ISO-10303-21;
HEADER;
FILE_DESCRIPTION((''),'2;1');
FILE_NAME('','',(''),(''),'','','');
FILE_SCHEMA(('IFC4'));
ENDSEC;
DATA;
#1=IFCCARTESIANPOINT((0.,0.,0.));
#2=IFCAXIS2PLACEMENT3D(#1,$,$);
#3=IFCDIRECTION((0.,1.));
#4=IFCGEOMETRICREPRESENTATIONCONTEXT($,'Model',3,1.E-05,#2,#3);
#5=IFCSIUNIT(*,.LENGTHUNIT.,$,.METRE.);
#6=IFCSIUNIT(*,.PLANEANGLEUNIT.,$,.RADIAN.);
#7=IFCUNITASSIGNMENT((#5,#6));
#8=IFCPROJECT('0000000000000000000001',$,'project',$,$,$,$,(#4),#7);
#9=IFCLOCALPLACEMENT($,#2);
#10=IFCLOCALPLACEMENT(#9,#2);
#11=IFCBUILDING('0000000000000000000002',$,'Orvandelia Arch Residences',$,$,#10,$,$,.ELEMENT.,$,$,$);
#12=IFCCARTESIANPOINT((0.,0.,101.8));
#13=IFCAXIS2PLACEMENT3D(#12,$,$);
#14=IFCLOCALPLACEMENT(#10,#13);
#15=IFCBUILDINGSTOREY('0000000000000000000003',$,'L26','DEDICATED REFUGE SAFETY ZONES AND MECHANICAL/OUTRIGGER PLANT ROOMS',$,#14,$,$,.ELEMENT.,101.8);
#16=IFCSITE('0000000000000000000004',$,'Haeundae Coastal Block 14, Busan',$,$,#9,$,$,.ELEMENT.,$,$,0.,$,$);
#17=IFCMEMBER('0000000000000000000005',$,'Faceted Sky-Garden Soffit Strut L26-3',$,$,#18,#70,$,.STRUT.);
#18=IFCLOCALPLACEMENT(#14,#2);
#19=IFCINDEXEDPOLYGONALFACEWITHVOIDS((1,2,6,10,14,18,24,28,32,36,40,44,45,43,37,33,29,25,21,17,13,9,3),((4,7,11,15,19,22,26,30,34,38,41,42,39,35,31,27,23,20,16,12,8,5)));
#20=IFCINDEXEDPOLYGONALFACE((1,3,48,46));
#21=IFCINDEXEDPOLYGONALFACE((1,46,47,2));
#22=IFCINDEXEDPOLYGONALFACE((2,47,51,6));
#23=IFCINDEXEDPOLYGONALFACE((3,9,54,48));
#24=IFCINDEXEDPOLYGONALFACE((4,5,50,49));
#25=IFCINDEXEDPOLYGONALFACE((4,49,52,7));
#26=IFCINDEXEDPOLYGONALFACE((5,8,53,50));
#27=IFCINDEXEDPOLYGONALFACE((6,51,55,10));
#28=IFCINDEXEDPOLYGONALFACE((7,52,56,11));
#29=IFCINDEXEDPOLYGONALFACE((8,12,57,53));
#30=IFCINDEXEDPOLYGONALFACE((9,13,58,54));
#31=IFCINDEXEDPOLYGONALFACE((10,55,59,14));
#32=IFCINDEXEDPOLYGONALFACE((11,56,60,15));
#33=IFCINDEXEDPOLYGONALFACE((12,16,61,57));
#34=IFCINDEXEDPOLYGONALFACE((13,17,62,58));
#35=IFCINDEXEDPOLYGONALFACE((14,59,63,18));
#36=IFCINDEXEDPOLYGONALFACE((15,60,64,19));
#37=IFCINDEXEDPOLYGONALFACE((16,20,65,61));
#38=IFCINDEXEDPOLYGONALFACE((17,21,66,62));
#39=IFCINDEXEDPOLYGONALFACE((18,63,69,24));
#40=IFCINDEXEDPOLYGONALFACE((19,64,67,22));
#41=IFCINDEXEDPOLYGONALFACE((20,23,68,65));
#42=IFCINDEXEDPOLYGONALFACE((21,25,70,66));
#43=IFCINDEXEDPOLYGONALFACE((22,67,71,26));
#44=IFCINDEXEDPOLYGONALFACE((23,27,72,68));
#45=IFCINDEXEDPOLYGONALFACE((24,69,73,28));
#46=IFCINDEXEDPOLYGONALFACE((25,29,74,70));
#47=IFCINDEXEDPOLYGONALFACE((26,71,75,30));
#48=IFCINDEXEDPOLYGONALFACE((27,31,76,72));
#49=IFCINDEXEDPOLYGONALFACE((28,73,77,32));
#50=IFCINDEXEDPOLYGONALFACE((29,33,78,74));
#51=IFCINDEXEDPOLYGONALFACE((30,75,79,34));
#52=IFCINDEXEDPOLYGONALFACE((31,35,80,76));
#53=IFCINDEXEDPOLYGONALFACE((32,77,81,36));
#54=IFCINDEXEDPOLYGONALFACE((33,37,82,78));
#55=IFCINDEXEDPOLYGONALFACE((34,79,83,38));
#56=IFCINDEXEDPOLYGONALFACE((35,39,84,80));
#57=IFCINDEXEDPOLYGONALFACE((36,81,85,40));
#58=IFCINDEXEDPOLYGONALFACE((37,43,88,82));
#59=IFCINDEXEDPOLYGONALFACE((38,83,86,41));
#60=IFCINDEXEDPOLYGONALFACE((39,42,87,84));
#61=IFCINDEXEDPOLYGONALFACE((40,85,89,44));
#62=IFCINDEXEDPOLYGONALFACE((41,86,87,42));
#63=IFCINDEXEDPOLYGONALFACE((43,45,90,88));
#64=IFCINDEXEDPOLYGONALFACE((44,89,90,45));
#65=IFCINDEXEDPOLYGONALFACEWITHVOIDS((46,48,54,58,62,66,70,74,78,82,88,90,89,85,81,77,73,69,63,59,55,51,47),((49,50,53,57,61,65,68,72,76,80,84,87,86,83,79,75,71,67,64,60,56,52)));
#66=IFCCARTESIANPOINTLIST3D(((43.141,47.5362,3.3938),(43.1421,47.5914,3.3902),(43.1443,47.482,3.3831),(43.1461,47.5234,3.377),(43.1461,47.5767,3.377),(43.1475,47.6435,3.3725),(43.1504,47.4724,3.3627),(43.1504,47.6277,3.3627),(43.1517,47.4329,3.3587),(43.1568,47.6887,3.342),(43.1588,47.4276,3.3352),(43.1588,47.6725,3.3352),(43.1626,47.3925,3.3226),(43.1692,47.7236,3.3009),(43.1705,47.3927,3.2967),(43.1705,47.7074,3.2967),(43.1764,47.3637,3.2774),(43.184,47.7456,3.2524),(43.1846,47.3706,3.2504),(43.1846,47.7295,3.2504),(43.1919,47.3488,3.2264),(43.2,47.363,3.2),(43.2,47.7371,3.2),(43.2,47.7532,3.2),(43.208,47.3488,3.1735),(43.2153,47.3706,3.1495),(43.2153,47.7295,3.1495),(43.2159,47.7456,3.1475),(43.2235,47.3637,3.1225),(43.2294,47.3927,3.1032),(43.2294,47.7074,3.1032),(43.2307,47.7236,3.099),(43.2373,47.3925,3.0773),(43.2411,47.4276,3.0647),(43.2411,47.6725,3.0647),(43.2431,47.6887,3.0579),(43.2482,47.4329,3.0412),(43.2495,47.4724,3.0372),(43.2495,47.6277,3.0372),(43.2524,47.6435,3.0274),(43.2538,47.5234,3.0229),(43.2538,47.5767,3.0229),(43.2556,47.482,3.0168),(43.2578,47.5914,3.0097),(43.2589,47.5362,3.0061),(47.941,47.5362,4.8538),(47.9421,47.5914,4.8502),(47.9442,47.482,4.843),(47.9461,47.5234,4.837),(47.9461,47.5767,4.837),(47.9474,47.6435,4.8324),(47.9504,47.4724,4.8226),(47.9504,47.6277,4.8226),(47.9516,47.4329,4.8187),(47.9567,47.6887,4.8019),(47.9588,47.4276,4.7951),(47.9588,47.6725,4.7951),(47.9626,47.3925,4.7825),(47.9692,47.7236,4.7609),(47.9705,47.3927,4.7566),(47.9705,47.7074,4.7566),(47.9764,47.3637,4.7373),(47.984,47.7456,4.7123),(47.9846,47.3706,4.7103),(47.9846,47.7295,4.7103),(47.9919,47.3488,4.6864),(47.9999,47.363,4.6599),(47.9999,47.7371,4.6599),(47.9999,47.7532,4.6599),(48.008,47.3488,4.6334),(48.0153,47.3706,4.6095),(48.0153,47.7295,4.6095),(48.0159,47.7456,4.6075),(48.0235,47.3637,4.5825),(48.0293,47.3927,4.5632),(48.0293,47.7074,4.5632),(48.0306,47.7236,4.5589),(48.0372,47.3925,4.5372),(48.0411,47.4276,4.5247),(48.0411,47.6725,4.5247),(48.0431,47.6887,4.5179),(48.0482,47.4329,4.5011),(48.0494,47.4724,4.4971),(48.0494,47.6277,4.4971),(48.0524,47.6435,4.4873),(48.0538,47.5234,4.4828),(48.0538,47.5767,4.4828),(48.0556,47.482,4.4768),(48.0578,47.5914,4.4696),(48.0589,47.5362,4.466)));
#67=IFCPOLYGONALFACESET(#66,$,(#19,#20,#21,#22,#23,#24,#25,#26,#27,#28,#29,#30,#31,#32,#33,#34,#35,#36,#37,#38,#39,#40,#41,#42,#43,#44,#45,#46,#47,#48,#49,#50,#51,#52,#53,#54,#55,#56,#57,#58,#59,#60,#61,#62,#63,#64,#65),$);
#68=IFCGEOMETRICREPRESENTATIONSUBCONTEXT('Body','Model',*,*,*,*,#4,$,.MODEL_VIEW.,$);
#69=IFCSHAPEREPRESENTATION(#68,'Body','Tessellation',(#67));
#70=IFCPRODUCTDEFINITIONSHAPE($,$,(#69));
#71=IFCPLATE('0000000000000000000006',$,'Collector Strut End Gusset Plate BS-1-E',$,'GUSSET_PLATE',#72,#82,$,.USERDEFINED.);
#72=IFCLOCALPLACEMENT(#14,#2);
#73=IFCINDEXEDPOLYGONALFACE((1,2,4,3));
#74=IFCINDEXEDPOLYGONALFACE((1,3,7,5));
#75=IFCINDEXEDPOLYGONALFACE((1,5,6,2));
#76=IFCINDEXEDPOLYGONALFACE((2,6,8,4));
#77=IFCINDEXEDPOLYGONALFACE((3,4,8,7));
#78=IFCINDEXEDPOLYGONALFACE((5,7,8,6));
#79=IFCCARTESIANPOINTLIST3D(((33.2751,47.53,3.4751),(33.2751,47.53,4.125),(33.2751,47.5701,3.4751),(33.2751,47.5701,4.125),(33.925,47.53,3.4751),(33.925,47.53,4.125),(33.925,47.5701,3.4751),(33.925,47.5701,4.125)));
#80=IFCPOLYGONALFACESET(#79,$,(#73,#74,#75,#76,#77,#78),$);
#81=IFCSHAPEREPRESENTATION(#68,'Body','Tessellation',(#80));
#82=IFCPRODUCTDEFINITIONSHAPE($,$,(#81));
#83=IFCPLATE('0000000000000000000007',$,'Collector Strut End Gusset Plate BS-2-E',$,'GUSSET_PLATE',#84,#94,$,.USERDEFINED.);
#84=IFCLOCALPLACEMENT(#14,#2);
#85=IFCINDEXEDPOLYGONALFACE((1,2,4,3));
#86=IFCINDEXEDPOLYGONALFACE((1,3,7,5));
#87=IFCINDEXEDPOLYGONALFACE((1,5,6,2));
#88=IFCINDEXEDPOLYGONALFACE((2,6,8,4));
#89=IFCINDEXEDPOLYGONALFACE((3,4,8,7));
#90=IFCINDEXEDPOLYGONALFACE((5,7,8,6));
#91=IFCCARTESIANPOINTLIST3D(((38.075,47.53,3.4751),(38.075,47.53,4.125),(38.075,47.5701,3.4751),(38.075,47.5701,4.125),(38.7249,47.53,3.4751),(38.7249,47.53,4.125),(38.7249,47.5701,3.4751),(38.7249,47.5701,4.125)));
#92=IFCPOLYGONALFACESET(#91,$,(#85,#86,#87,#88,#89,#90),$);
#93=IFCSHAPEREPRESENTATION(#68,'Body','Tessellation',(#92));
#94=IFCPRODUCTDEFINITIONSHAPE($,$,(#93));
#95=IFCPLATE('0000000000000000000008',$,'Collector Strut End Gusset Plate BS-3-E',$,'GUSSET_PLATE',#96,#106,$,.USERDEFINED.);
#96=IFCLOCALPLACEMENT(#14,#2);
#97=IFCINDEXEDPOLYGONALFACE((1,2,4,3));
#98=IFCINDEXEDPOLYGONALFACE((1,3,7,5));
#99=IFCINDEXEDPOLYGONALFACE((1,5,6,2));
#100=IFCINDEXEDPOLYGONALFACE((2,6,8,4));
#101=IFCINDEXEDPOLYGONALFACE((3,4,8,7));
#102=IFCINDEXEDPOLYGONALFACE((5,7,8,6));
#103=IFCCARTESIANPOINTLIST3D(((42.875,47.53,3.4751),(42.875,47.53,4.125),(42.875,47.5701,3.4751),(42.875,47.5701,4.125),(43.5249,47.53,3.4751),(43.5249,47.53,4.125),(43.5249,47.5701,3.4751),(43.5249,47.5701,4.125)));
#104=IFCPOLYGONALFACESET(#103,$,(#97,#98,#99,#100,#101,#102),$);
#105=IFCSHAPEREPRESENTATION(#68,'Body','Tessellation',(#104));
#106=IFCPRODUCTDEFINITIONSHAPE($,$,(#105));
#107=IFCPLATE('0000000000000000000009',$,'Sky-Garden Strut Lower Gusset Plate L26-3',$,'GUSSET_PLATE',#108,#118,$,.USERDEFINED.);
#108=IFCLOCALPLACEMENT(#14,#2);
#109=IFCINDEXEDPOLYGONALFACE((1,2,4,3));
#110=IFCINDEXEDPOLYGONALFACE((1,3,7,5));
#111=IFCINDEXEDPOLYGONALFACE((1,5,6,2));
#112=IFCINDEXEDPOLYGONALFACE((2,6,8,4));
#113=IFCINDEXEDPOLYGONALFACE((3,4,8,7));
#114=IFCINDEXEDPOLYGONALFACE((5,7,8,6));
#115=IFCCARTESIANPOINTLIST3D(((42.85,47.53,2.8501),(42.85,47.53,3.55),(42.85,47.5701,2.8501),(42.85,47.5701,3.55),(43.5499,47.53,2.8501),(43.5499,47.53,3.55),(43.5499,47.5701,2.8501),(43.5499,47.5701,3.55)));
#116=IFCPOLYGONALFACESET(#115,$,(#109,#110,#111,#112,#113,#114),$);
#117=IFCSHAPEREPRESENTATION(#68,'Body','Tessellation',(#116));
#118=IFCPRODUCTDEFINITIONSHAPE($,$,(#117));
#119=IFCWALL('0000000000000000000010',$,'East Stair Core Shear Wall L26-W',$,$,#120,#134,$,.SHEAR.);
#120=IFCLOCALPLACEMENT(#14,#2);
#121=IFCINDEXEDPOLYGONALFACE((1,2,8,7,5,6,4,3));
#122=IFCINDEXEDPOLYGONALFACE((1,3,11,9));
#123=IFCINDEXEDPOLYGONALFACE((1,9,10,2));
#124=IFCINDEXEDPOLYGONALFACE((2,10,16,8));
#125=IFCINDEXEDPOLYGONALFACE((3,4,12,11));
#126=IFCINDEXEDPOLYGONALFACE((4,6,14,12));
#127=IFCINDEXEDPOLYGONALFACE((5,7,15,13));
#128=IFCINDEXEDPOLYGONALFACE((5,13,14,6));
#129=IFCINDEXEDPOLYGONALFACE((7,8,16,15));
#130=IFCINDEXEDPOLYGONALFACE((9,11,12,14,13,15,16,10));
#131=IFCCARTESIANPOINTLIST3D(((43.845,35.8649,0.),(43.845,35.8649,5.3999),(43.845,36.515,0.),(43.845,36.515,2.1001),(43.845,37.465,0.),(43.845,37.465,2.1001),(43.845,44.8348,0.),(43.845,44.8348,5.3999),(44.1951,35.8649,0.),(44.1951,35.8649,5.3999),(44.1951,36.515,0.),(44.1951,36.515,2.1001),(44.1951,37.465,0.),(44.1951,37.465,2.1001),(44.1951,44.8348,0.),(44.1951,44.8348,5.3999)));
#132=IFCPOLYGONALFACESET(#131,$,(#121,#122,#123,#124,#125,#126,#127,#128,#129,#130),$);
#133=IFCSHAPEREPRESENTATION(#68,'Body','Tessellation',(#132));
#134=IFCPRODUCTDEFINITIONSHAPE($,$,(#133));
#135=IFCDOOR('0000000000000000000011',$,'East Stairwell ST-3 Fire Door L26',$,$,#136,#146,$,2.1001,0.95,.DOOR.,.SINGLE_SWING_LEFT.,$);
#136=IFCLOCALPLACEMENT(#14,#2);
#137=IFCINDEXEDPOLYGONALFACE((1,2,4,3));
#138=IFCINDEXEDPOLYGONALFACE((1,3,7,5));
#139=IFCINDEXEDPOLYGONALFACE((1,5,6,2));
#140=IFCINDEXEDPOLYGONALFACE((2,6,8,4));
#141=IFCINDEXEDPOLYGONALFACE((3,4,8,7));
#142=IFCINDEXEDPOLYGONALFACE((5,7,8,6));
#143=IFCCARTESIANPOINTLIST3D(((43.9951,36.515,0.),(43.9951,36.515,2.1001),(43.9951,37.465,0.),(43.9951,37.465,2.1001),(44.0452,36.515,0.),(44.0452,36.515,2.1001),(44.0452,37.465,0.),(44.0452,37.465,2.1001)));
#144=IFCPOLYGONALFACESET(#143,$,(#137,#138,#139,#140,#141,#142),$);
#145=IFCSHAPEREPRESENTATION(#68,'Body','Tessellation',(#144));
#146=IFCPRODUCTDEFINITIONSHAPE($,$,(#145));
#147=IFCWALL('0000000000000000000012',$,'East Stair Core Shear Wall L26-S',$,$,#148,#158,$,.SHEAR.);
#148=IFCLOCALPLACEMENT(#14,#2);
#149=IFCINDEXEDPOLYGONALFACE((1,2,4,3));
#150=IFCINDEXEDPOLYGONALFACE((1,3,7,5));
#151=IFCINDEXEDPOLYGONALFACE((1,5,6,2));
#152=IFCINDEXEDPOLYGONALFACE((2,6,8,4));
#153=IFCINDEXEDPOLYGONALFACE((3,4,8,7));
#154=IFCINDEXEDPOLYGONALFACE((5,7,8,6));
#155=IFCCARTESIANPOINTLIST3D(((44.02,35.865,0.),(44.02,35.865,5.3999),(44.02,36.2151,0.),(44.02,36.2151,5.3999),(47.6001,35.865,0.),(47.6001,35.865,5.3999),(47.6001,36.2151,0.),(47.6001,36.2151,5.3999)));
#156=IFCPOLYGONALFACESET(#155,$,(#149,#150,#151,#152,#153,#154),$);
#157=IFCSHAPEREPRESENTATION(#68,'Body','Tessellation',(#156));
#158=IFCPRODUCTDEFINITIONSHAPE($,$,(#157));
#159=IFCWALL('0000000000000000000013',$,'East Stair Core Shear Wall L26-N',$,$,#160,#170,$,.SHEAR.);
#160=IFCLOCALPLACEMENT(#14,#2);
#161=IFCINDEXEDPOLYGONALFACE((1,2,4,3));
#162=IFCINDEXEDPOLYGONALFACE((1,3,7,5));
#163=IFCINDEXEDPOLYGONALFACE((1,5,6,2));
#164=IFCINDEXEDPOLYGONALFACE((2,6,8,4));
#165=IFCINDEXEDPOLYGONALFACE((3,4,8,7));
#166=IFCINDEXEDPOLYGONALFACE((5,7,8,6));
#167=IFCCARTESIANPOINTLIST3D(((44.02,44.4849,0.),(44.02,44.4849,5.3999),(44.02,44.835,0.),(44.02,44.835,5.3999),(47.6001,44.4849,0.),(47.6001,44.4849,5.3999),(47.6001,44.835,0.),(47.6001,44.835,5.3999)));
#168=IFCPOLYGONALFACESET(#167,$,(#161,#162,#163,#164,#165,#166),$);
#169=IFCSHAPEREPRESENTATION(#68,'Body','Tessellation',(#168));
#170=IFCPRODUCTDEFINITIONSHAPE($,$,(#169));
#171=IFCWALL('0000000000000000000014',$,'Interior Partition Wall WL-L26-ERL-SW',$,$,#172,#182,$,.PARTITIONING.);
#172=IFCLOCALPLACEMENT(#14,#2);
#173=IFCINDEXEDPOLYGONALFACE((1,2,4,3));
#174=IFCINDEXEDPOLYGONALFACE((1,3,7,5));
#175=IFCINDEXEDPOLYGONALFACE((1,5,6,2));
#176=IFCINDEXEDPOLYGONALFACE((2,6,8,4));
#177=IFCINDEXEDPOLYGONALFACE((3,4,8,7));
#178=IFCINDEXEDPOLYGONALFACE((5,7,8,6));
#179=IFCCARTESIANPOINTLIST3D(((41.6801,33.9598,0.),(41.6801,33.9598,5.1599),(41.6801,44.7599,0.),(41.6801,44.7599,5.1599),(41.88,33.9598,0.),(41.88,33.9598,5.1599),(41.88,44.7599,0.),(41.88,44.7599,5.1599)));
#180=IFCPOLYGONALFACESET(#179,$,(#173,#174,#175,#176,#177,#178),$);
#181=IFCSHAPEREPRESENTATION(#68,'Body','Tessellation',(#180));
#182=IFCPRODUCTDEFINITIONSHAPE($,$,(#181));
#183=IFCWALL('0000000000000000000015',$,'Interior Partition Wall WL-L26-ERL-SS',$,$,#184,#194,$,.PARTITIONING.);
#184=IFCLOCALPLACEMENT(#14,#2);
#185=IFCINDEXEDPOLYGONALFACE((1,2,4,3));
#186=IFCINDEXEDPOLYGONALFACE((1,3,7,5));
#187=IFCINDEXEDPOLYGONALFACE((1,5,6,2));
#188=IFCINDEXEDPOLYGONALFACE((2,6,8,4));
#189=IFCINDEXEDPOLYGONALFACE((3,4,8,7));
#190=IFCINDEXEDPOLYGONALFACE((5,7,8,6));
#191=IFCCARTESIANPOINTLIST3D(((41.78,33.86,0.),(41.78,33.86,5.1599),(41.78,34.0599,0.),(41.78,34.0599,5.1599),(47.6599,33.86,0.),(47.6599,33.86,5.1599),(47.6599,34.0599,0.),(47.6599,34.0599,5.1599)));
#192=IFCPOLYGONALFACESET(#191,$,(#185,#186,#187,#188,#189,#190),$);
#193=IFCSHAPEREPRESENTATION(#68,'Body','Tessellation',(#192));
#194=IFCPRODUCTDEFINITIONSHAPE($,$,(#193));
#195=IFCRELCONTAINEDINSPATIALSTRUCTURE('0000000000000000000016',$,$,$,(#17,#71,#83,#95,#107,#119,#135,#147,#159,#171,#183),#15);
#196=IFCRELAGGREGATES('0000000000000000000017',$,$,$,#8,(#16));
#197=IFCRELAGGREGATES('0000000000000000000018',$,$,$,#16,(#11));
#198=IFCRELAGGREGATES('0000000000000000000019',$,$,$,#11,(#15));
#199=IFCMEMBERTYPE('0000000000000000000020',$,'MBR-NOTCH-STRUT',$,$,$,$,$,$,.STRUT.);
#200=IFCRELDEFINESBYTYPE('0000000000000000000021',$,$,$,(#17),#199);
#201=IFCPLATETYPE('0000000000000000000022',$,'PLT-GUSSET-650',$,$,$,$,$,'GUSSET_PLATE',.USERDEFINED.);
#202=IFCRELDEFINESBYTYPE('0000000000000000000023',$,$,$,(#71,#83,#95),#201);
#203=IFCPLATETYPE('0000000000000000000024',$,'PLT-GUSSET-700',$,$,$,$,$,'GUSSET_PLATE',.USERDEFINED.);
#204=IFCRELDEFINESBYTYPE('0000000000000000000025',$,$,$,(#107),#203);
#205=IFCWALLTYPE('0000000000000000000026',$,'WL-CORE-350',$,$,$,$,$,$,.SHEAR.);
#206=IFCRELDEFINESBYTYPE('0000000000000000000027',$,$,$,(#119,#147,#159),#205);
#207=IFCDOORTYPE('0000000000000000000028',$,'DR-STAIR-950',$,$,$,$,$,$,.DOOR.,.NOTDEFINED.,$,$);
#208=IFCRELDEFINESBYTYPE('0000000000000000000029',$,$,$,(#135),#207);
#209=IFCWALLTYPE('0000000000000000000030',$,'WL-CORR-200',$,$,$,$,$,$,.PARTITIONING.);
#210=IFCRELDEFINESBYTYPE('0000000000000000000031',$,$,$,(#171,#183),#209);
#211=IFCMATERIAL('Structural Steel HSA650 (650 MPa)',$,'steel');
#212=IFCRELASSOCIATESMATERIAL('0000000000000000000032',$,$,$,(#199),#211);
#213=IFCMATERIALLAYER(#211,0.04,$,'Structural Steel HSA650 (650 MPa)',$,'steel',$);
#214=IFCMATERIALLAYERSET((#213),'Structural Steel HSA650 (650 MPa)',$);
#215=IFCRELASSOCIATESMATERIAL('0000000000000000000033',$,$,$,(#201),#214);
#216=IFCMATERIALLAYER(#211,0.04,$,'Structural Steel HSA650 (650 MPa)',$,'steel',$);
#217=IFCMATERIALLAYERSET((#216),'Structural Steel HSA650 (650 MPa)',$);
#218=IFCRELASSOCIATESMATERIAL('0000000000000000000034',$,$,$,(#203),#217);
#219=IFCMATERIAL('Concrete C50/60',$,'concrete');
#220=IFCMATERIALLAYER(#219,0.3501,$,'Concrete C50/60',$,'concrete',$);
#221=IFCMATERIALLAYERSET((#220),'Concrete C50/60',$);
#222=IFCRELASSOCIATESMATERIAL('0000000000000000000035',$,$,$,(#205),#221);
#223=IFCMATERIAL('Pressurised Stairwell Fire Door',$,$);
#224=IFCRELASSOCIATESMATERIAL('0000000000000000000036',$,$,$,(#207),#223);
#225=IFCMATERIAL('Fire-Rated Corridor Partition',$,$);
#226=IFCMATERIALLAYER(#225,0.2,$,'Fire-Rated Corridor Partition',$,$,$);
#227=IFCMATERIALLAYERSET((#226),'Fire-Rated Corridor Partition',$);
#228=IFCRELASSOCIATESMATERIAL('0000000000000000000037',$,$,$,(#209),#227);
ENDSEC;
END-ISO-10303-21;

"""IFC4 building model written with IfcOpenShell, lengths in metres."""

from ifc_helpers import new_model, si_unit, direction, frame, frame_2d, origin, origin_2d, place, context, subcontext, project, spatial, rectangle, hollow_circle, extrude, material, layer, layer_set, material_profile, profile_set, type_object, element, fill, save


model = new_model("IFC4")

# Units and contexts
model_context = context("Model", 3, precision=1e-05, world=origin(), true_north=direction((0.0, 1.0)))
body_context = subcontext(model_context, "Body", "Model", "MODEL_VIEW")
ifc_project = project(units=[si_unit("LENGTHUNIT", "METRE"), si_unit("PLANEANGLEUNIT", "RADIAN")], contexts=[model_context])

# Site, building, storey
site_placement = place(None, origin())
site = spatial("IfcSite", under=ifc_project, at=site_placement, Name="Haeundae Coastal Block 14, Busan", CompositionType="ELEMENT", RefElevation=0.0)
building_placement = place(site_placement, origin())
building = spatial("IfcBuilding", under=site, at=building_placement, Name="Orvandelia Arch Residences", CompositionType="ELEMENT")
storey_placement = place(building_placement, frame((0.0, 0.0, 101.8)))
storey = spatial("IfcBuildingStorey", under=building, at=storey_placement, Name="L26", Description="DEDICATED REFUGE SAFETY ZONES AND MECHANICAL/OUTRIGGER PLANT ROOMS", CompositionType="ELEMENT", Elevation=101.8)

# Member
ifc_material_1 = material(Name="Structural Steel HSA650 (650 MPa)", Category="steel")
ifc_material_profile_1 = material_profile(ifc_material_1, hollow_circle(Radius=0.2031, WallThickness=0.0161, at=origin_2d()), Name="Structural Steel HSA650 (650 MPa)", Category="steel")
ifc_profile_set_1 = profile_set([ifc_material_profile_1], Name="Structural Steel HSA650 (650 MPa)")
member_type_1 = type_object("IfcMemberType", Name="MBR-NOTCH-STRUT", PredefinedType="STRUT", material=ifc_profile_set_1)
member_1_placement = place(storey_placement, frame((43.2, 47.55, 3.2), z_axis=(0.956725, 0.0, 0.290993), x_axis=(0.0, 1.0, 0.0)))
element("IfcMember", 1, at=member_1_placement, inside=storey, type_object=member_type_1, Name="Faceted Sky-Garden Soffit Strut L26-3", PredefinedType="STRUT", context=body_context, shape_type="SweptSolid", body=[
    extrude(hollow_circle(Radius=0.2031, WallThickness=0.0161, at=origin_2d()), origin(), (0.0, 0.0, 1.0), 5.0171),
])

# Plates
ifc_layer_1 = layer(ifc_material_1, 0.04, Name="Structural Steel HSA650 (650 MPa)", Category="steel")
ifc_layer_set_1 = layer_set([ifc_layer_1], Name="Structural Steel HSA650 (650 MPa)")
plate_type_1 = type_object("IfcPlateType", Name="PLT-GUSSET-650", ElementType="GUSSET_PLATE", PredefinedType="USERDEFINED", material=ifc_layer_set_1)
for number, where, z_axis, x_axis, name in (
    (2, (33.6001, 47.55, 3.4751), (0.0, 0.0, 1.0), (1.0, 0.0, 0.0), "Collector Strut End Gusset Plate BS-1-E"),
    (3, (38.3999, 47.55, 3.4751), (0.0, 0.0, 1.0), (1.0, 0.0, 0.0), "Collector Strut End Gusset Plate BS-2-E"),
    (4, (43.2, 47.55, 3.4751), (0.0, 0.0, 1.0), (1.0, 0.0, 0.0), "Collector Strut End Gusset Plate BS-3-E"),
):
    element("IfcPlate", number, at=place(storey_placement, frame(where, z_axis=z_axis, x_axis=x_axis)), inside=storey, type_object=plate_type_1, Name=name, ObjectType="GUSSET_PLATE", PredefinedType="USERDEFINED", context=body_context, shape_type="SweptSolid", body=[
        extrude(rectangle(XDim=0.6499, YDim=0.04, at=origin_2d()), origin(), (0.0, 0.0, 1.0), 0.6499),
    ])
ifc_layer_2 = layer(ifc_material_1, 0.04, Name="Structural Steel HSA650 (650 MPa)", Category="steel")
ifc_layer_set_2 = layer_set([ifc_layer_2], Name="Structural Steel HSA650 (650 MPa)")
plate_type_2 = type_object("IfcPlateType", Name="PLT-GUSSET-700", ElementType="GUSSET_PLATE", PredefinedType="USERDEFINED", material=ifc_layer_set_2)
plate_placement = place(storey_placement, frame((43.2, 47.55, 2.8501), z_axis=(0.0, 0.0, 1.0), x_axis=(1.0, 0.0, 0.0)))
element("IfcPlate", 5, at=plate_placement, inside=storey, type_object=plate_type_2, Name="Sky-Garden Strut Lower Gusset Plate L26-3", ObjectType="GUSSET_PLATE", PredefinedType="USERDEFINED", context=body_context, shape_type="SweptSolid", body=[
    extrude(rectangle(XDim=0.7, YDim=0.04, at=origin_2d()), origin(), (0.0, 0.0, 1.0), 0.7),
])

# Wall, opening, door
ifc_material_2 = material(Name="Concrete C50/60", Category="concrete")
ifc_layer_3 = layer(ifc_material_2, 0.3501, Name="Concrete C50/60", Category="concrete")
ifc_layer_set_3 = layer_set([ifc_layer_3], Name="Concrete C50/60")
wall_type_1 = type_object("IfcWallType", Name="WL-CORE-350", PredefinedType="SHEAR", material=ifc_layer_set_3)
wall_1_placement = place(storey_placement, frame((44.02, 35.865, 0.0), z_axis=(0.0, 0.0, 1.0), x_axis=(0.0, 1.0, 0.0)))
wall_1 = element("IfcWall", 6, at=wall_1_placement, inside=storey, type_object=wall_type_1, Name="East Stair Core Shear Wall L26-W", PredefinedType="SHEAR", context=body_context, shape_type="SweptSolid", body=[
    extrude(rectangle(XDim=8.97, YDim=0.3501, at=frame_2d((4.4849, 0.0))), origin(), (0.0, 0.0, 1.0), 5.3999),
])
opening_placement = place(wall_1_placement, frame((0.6499, 0.0, 0.0)))
opening = element("IfcOpeningElement", 7, at=opening_placement, cuts=wall_1, PredefinedType="OPENING", context=body_context, shape_type="SweptSolid", body=[
    extrude(rectangle(XDim=0.95, YDim=2.1001, at=frame_2d((0.4751, 1.05))), frame((0.0, 0.1851, 0.0), z_axis=(0.0, -1.0, 0.0), x_axis=(1.0, 0.0, 0.0)), (0.0, 0.0, 1.0), 0.3701),
])
ifc_material_3 = material(Name="Pressurised Stairwell Fire Door")
door_type = type_object("IfcDoorType", Name="DR-STAIR-950", OperationType="NOTDEFINED", PredefinedType="DOOR", material=ifc_material_3)
door_placement = place(opening_placement, origin())
door = element("IfcDoor", 8, at=door_placement, inside=storey, type_object=door_type, Name="East Stairwell ST-3 Fire Door L26", OperationType="SINGLE_SWING_LEFT", OverallHeight=2.1001, OverallWidth=0.95, PredefinedType="DOOR", context=body_context, shape_type="SweptSolid", body=[
    extrude(rectangle(XDim=0.95, YDim=2.1001, at=frame_2d((0.4751, 1.05))), frame((0.0, 0.0249, 0.0), z_axis=(0.0, -1.0, 0.0), x_axis=(1.0, 0.0, 0.0)), (0.0, 0.0, 1.0), 0.05),
])
fill(opening, door)

# Walls
for number, where, z_axis, x_axis, name in (
    (9, (44.02, 36.04, 0.0), (0.0, 0.0, 1.0), (1.0, 0.0, 0.0), "East Stair Core Shear Wall L26-S"),
    (10, (44.02, 44.6599, 0.0), (0.0, 0.0, 1.0), (1.0, 0.0, 0.0), "East Stair Core Shear Wall L26-N"),
):
    element("IfcWall", number, at=place(storey_placement, frame(where, z_axis=z_axis, x_axis=x_axis)), inside=storey, type_object=wall_type_1, Name=name, PredefinedType="SHEAR", context=body_context, shape_type="SweptSolid", body=[
        extrude(rectangle(XDim=3.5801, YDim=0.3501, at=frame_2d((1.79, 0.0))), origin(), (0.0, 0.0, 1.0), 5.3999),
    ])
ifc_material_4 = material(Name="Fire-Rated Corridor Partition")
ifc_layer_4 = layer(ifc_material_4, 0.2, Name="Fire-Rated Corridor Partition")
ifc_layer_set_4 = layer_set([ifc_layer_4], Name="Fire-Rated Corridor Partition")
wall_type_2 = type_object("IfcWallType", Name="WL-CORR-200", PredefinedType="PARTITIONING", material=ifc_layer_set_4)
wall_2_placement = place(storey_placement, frame((41.78, 33.96, 0.0), z_axis=(0.0, 0.0, 1.0), x_axis=(0.0, 1.0, 0.0)))
element("IfcWall", 11, at=wall_2_placement, inside=storey, type_object=wall_type_2, Name="Interior Partition Wall WL-L26-ERL-SW", PredefinedType="PARTITIONING", context=body_context, shape_type="SweptSolid", body=[
    extrude(rectangle(XDim=10.8, YDim=0.2, at=frame_2d((5.3999, 0.0))), origin(), (0.0, 0.0, 1.0), 5.1599),
])
wall_3_placement = place(storey_placement, frame((41.78, 33.96, 0.0), z_axis=(0.0, 0.0, 1.0), x_axis=(1.0, 0.0, 0.0)))
element("IfcWall", 12, at=wall_3_placement, inside=storey, type_object=wall_type_2, Name="Interior Partition Wall WL-L26-ERL-SS", PredefinedType="PARTITIONING", context=body_context, shape_type="SweptSolid", body=[
    extrude(rectangle(XDim=5.8799, YDim=0.2, at=frame_2d((2.9399, 0.0))), origin(), (0.0, 0.0, 1.0), 5.1599),
])

save(model, "model.ifc")
